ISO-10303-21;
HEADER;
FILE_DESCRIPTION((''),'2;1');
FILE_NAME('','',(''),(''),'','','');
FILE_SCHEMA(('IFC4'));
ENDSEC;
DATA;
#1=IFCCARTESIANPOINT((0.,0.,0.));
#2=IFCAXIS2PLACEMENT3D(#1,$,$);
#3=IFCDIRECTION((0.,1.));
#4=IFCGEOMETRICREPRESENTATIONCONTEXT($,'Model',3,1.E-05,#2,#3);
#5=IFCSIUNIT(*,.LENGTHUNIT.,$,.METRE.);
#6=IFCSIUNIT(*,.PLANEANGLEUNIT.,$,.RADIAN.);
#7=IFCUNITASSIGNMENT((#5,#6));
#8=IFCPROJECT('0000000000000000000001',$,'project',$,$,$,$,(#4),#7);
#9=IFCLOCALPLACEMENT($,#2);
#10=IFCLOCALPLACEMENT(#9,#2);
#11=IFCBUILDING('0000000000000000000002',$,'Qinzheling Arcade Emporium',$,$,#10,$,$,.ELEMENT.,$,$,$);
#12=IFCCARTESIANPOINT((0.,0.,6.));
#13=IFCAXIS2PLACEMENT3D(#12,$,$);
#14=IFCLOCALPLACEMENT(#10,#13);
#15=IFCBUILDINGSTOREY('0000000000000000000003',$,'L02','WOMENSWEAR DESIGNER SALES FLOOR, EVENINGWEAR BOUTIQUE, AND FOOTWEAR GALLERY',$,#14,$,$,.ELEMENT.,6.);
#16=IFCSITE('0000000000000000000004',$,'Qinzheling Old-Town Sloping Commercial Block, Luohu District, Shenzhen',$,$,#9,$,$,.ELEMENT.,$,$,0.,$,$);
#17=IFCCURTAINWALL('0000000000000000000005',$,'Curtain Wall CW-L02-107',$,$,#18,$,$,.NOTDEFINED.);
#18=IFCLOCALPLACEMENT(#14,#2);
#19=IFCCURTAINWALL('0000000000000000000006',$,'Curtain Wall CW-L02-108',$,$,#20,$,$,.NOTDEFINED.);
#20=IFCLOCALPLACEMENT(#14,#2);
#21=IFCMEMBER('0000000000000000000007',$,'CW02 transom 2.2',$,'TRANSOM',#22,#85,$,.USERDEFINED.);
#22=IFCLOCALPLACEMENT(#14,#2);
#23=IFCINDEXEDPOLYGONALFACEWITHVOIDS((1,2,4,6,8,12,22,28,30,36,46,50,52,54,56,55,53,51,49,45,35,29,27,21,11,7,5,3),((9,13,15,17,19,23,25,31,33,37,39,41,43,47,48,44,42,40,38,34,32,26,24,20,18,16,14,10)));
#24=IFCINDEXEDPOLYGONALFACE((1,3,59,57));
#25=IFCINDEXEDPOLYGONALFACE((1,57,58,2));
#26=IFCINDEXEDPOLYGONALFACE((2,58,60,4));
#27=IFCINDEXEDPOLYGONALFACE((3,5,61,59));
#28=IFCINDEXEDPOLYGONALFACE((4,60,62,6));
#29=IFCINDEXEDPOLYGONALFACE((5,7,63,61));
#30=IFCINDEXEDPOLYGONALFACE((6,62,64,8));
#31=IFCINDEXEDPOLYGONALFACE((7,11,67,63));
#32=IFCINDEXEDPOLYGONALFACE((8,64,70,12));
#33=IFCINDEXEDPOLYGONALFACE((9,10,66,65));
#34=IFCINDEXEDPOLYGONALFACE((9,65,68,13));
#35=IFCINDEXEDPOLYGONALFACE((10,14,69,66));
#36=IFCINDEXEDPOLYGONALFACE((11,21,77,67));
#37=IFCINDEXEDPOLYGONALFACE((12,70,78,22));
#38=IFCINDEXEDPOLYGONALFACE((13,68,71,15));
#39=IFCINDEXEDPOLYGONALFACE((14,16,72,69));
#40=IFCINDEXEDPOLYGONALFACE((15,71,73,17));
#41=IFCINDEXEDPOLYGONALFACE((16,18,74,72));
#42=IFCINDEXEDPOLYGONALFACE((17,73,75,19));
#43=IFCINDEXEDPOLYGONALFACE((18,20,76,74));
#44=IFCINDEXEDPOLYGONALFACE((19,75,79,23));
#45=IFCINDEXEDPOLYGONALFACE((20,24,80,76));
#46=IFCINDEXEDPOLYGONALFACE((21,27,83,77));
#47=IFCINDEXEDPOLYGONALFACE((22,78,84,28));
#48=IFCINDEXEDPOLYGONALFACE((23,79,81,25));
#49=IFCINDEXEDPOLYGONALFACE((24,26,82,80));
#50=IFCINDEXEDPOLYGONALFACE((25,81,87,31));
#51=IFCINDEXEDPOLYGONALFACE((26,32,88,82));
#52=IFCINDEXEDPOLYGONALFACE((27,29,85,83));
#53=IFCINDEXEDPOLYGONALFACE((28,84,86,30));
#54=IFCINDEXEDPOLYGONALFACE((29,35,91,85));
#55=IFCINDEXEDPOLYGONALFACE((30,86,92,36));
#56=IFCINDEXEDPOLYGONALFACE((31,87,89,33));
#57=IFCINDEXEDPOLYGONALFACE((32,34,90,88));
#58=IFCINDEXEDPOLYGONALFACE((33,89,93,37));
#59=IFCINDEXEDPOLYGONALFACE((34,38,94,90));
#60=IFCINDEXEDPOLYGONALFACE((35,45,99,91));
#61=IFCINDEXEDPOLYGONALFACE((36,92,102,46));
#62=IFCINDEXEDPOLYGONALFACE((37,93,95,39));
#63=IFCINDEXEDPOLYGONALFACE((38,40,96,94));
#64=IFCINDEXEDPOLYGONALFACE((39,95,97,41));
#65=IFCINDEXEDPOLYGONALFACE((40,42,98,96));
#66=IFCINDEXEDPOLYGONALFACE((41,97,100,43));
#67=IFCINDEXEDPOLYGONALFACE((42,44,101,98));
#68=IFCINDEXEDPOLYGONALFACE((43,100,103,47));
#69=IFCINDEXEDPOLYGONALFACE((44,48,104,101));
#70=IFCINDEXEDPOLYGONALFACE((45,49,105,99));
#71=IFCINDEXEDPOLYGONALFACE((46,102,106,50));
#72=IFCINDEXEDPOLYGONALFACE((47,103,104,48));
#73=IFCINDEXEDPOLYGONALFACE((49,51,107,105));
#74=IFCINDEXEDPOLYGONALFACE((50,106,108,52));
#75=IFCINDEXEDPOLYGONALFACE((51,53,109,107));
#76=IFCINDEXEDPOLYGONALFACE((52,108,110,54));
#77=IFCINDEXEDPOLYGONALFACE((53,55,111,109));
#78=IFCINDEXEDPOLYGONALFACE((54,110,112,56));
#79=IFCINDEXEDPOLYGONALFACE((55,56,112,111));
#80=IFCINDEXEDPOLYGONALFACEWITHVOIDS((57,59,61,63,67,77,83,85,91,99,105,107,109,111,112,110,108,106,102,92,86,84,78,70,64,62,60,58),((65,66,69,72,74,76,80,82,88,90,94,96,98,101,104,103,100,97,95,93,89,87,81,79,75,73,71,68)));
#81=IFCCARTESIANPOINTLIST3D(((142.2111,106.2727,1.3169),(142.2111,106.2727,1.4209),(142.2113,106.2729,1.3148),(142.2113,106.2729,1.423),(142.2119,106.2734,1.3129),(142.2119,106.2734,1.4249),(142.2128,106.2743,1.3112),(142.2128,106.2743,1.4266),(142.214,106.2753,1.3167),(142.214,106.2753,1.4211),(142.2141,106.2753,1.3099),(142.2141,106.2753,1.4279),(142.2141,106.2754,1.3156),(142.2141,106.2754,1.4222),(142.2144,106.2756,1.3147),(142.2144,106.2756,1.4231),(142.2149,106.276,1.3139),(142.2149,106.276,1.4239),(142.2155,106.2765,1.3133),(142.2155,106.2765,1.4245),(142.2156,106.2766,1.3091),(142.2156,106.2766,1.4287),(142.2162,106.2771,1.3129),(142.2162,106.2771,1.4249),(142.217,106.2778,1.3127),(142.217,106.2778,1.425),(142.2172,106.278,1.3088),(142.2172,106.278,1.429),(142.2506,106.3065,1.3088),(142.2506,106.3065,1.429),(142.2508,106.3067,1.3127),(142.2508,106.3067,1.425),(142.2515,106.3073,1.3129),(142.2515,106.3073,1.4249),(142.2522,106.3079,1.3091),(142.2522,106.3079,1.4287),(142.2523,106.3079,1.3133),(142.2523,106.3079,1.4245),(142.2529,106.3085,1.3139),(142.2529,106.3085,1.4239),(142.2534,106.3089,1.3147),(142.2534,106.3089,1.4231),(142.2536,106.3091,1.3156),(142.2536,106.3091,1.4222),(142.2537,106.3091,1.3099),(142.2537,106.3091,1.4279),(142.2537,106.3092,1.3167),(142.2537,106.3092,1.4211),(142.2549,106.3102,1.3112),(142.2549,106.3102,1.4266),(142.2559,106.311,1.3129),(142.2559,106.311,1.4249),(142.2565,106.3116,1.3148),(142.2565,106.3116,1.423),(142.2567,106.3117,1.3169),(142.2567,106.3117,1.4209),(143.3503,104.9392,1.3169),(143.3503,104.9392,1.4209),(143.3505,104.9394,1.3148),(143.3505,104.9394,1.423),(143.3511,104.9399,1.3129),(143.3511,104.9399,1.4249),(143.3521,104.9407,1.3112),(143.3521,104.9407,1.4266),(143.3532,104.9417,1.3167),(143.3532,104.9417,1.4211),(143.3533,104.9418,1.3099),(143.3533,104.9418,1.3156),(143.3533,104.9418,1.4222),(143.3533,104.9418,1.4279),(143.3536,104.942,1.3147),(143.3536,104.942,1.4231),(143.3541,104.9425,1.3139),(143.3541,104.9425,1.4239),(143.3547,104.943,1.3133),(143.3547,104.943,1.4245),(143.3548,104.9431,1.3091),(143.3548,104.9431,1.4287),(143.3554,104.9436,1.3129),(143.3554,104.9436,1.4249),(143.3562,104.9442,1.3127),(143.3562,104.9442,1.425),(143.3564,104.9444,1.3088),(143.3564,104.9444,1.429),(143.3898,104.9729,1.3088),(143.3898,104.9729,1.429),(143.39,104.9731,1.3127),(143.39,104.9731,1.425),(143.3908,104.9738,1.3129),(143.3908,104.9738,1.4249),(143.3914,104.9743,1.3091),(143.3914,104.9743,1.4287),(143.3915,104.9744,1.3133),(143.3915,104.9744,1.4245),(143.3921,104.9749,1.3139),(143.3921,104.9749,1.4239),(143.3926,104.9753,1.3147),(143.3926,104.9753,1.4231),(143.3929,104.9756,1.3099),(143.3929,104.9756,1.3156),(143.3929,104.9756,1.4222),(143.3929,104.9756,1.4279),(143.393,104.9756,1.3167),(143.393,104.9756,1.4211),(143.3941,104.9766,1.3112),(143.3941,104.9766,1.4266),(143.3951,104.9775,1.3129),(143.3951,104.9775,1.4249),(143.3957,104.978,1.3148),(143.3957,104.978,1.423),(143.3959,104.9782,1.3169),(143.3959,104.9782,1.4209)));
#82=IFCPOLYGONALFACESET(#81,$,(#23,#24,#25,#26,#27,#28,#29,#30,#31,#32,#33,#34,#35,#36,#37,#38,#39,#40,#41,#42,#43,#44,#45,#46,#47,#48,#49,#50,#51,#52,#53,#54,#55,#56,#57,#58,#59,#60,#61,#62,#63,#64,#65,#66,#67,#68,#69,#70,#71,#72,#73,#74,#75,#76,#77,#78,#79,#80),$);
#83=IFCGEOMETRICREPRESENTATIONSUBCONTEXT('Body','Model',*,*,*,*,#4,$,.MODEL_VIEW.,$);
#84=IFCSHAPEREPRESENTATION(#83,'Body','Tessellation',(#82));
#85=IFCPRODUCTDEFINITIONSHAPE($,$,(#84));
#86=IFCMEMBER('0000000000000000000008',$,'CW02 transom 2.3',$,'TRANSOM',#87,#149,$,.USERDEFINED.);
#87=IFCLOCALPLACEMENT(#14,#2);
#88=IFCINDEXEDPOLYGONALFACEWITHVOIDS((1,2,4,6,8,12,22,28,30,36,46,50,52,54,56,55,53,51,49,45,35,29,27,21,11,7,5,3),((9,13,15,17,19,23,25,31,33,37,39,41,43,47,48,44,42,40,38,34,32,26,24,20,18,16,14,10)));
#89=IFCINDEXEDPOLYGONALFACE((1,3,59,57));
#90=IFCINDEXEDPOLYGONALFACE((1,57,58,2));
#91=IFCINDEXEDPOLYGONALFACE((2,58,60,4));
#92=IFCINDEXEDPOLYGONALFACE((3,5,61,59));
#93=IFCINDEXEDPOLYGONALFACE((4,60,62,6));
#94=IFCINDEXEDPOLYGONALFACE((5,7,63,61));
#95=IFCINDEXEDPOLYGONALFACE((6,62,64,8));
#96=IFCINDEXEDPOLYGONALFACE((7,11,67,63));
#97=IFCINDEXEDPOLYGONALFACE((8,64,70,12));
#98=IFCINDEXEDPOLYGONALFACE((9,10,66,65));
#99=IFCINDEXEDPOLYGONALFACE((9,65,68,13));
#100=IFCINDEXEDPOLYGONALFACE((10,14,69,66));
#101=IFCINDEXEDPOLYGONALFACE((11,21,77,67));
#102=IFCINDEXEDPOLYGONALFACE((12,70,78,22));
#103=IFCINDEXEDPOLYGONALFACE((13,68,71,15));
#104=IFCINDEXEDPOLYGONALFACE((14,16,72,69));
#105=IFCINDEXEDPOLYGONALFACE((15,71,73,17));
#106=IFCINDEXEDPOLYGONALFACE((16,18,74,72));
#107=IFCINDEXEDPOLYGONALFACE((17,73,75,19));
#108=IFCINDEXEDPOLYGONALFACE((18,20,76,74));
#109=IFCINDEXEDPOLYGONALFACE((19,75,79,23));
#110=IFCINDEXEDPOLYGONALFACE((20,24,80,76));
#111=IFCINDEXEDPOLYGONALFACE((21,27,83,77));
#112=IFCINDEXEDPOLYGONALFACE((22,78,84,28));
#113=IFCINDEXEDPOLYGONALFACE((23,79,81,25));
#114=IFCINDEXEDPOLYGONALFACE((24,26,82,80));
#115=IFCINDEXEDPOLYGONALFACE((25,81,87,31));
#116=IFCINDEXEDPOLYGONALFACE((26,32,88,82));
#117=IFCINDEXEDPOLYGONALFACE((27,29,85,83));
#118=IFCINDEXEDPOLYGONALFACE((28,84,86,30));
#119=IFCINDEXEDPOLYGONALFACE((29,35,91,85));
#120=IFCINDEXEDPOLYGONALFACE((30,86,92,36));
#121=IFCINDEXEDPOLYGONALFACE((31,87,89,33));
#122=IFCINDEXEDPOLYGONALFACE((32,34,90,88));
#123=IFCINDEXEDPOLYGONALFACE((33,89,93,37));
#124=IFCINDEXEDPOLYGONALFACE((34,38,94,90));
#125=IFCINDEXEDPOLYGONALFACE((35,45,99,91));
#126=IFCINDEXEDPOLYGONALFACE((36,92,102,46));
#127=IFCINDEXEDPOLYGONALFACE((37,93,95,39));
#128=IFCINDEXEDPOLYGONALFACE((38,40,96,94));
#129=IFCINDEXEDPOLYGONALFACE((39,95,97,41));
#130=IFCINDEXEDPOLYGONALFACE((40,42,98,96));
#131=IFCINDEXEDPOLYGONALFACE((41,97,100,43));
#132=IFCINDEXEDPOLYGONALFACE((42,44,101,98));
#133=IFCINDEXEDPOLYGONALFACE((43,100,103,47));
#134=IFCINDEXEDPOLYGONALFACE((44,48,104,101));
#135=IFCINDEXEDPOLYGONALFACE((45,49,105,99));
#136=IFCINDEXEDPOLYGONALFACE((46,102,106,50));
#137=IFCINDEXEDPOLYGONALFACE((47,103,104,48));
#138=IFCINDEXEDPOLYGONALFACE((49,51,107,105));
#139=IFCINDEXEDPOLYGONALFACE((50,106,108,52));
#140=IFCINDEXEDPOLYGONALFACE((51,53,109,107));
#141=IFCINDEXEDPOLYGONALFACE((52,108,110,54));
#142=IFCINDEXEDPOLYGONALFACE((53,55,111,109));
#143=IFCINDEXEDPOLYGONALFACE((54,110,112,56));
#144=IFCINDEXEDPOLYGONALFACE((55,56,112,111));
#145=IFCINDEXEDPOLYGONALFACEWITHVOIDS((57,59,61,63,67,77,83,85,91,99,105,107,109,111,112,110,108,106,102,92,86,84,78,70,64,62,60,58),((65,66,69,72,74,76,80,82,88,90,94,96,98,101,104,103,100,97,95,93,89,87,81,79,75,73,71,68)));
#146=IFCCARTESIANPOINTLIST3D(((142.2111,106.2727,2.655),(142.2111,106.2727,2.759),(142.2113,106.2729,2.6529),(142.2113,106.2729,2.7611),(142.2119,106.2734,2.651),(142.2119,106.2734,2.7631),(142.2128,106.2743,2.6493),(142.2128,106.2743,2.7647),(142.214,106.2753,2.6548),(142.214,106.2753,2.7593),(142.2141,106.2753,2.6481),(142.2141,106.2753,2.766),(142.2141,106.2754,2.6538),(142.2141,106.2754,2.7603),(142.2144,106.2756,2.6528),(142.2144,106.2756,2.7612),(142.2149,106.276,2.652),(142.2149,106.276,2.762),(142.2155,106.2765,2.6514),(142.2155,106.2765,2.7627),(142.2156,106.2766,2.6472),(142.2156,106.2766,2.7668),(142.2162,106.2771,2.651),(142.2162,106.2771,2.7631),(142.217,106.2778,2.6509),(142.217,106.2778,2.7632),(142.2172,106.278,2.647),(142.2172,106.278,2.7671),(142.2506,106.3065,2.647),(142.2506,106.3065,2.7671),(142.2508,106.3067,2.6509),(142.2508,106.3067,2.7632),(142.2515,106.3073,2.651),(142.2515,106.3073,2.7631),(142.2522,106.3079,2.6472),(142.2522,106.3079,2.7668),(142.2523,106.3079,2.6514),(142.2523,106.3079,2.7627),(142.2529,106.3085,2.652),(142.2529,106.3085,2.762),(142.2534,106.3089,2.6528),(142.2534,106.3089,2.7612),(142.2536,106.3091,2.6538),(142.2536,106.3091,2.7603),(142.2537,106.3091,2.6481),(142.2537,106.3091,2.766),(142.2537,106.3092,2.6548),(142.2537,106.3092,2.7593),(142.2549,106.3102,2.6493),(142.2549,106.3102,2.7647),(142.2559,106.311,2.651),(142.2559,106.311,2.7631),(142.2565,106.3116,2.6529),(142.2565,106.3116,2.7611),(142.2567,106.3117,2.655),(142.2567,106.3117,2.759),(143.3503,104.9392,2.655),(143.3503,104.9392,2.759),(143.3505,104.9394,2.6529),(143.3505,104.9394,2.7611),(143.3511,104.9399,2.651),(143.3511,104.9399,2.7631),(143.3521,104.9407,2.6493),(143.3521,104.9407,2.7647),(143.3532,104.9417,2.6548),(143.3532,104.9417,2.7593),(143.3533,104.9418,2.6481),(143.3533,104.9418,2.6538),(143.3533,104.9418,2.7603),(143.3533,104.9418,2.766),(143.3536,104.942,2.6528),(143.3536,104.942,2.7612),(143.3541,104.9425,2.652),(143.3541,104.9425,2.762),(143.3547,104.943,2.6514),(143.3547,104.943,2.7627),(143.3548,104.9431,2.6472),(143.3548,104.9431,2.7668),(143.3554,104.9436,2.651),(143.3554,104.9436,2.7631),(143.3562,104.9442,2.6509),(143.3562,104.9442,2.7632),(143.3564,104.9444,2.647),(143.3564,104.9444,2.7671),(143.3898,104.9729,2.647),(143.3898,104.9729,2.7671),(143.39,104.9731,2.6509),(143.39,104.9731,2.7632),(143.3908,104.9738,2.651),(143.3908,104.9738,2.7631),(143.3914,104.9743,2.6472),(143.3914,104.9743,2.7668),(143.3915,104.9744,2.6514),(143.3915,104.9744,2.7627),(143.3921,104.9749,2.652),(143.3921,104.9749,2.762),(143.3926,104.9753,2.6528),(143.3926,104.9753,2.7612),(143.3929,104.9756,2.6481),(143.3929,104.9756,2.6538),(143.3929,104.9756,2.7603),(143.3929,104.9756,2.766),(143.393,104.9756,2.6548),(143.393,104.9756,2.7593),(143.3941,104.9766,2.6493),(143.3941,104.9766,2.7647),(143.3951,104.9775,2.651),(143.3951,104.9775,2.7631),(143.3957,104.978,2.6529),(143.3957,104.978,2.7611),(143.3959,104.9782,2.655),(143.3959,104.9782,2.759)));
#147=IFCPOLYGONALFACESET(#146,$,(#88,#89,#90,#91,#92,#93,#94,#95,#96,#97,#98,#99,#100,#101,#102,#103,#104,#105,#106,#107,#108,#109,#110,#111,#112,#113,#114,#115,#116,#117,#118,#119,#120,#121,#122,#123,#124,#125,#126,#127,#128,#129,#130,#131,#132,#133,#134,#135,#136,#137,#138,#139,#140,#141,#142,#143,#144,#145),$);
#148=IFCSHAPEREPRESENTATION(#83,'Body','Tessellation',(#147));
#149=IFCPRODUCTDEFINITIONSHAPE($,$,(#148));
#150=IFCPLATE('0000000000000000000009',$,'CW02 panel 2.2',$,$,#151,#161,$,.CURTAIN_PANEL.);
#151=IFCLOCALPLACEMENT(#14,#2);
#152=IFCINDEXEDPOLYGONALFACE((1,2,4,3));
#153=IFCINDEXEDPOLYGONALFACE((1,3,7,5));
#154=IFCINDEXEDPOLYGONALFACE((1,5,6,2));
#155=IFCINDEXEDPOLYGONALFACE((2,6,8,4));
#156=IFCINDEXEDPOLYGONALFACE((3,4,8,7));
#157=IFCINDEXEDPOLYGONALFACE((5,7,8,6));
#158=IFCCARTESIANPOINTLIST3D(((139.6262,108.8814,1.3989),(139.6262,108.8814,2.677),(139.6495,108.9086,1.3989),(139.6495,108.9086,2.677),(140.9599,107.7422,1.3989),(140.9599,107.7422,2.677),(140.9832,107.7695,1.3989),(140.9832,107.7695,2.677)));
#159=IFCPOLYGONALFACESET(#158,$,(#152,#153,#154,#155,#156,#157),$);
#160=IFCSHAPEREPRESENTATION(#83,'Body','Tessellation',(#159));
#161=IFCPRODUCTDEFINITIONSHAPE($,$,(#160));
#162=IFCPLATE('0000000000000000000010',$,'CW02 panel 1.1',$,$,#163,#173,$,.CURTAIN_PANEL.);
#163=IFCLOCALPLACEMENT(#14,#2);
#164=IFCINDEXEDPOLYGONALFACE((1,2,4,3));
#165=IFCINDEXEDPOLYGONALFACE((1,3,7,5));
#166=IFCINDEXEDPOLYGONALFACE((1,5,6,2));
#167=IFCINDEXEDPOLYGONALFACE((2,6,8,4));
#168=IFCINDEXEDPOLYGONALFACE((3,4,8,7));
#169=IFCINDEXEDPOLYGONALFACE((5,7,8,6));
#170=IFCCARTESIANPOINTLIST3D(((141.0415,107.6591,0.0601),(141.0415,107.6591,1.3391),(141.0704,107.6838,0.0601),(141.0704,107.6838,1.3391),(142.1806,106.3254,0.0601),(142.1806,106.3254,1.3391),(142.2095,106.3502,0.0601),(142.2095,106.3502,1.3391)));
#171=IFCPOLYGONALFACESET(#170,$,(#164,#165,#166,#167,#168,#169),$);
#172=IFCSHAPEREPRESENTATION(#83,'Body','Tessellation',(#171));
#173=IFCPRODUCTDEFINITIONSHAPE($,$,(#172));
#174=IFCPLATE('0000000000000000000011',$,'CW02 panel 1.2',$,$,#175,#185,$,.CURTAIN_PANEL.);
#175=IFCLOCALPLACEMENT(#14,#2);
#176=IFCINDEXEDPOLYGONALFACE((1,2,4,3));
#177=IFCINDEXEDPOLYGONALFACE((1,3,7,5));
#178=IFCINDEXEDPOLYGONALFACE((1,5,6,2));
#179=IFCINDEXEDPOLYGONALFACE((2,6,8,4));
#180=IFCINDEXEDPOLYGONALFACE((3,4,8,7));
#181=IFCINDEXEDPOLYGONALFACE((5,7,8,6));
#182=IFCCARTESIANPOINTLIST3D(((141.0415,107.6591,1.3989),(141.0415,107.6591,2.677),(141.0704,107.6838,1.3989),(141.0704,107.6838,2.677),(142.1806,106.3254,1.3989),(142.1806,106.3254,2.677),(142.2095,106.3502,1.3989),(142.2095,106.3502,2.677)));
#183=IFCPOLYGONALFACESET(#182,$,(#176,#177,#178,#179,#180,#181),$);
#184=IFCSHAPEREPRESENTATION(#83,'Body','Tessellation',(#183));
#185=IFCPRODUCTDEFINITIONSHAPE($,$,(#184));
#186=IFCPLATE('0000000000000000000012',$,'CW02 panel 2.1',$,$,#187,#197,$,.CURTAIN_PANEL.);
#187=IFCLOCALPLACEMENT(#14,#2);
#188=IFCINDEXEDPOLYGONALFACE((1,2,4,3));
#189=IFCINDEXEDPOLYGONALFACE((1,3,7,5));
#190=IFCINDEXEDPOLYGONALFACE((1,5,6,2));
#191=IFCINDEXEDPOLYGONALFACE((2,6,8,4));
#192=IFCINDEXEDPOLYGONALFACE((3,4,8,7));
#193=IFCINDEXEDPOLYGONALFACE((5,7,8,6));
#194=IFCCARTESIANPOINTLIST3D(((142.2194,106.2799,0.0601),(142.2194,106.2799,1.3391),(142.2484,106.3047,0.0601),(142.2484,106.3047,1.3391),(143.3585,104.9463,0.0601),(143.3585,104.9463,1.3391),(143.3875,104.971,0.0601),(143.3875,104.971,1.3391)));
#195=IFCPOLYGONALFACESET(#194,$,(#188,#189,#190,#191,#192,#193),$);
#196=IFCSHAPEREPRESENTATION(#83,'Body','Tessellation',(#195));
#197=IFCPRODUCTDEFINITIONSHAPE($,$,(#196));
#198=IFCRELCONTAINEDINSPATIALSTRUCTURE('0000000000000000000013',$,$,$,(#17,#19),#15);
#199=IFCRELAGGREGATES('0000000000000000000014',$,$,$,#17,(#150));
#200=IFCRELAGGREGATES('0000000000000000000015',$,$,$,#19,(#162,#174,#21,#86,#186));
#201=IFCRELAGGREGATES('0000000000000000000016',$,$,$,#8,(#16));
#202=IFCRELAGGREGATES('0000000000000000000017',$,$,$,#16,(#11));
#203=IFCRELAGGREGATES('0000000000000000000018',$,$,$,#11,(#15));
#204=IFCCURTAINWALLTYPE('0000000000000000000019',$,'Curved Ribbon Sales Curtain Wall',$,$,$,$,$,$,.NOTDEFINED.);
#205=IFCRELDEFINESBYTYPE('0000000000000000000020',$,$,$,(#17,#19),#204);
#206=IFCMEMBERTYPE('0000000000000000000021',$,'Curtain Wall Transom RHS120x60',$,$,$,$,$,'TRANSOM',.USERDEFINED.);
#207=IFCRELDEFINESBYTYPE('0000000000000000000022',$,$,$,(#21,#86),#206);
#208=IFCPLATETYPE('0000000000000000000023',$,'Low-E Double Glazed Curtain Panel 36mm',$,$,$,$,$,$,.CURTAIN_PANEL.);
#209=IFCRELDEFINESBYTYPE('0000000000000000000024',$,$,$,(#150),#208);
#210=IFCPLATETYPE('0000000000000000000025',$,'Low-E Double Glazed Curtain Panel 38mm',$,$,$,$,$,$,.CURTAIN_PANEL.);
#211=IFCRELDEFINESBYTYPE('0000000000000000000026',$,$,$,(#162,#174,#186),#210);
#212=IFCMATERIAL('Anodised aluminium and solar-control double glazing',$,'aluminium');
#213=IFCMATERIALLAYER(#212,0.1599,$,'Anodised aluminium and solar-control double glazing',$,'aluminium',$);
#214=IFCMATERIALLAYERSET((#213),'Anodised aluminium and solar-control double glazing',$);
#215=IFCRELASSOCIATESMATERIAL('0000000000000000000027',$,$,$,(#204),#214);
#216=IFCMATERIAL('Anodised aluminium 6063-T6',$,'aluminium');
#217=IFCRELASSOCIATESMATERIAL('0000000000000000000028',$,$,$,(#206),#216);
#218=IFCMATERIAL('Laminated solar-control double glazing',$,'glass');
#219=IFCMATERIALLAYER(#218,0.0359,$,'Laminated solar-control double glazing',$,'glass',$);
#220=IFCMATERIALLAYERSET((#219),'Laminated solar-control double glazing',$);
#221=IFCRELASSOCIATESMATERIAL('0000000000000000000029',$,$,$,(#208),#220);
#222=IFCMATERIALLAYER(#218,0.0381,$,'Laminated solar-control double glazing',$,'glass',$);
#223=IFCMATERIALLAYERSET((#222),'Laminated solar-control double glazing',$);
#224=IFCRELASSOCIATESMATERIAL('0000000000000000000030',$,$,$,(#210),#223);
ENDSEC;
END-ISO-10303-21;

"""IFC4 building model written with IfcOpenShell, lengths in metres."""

from ifc_helpers import new_model, si_unit, direction, frame, origin, origin_2d, place, context, subcontext, project, spatial, rectangle, hollow_rectangle, extrude, material, layer, layer_set, material_profile, profile_set, type_object, element, aggregate, save


model = new_model("IFC4")

# Units and contexts
model_context = context("Model", 3, precision=1e-05, world=origin(), true_north=direction((0.0, 1.0)))
body_context = subcontext(model_context, "Body", "Model", "MODEL_VIEW")
ifc_project = project(units=[si_unit("LENGTHUNIT", "METRE"), si_unit("PLANEANGLEUNIT", "RADIAN")], contexts=[model_context])

# Site, building, storey
site_placement = place(None, origin())
site = spatial("IfcSite", under=ifc_project, at=site_placement, Name="Qinzheling Old-Town Sloping Commercial Block, Luohu District, Shenzhen", CompositionType="ELEMENT", RefElevation=0.0)
building_placement = place(site_placement, origin())
building = spatial("IfcBuilding", under=site, at=building_placement, Name="Qinzheling Arcade Emporium", CompositionType="ELEMENT")
storey_placement = place(building_placement, frame((0.0, 0.0, 6.0)))
storey = spatial("IfcBuildingStorey", under=building, at=storey_placement, Name="L02", Description="WOMENSWEAR DESIGNER SALES FLOOR, EVENINGWEAR BOUTIQUE, AND FOOTWEAR GALLERY", CompositionType="ELEMENT", Elevation=6.0)

# Curtain wall
ifc_material_1 = material(Name="Anodised aluminium and solar-control double glazing", Category="aluminium")
ifc_layer_1 = layer(ifc_material_1, 0.1599, Name="Anodised aluminium and solar-control double glazing", Category="aluminium")
ifc_layer_set_1 = layer_set([ifc_layer_1], Name="Anodised aluminium and solar-control double glazing")
curtain_wall_type = type_object("IfcCurtainWallType", Name="Curved Ribbon Sales Curtain Wall", PredefinedType="NOTDEFINED", material=ifc_layer_set_1)
curtain_wall_1_placement = place(storey_placement, origin())
curtain_wall_1 = element("IfcCurtainWall", 1, at=curtain_wall_1_placement, inside=storey, type_object=curtain_wall_type, Name="Curtain Wall CW-L02-107", PredefinedType="NOTDEFINED")
ifc_material_2 = material(Name="Anodised aluminium 6063-T6", Category="aluminium")

# Curtain wall, members
curtain_wall_2_placement = place(storey_placement, origin())
curtain_wall_2 = element("IfcCurtainWall", 2, at=curtain_wall_2_placement, inside=storey, type_object=curtain_wall_type, Name="Curtain Wall CW-L02-108", PredefinedType="NOTDEFINED")
ifc_material_profile_1 = material_profile(ifc_material_2, hollow_rectangle(XDim=0.0601, YDim=0.1201, WallThickness=0.0039, InnerFilletRadius=0.0039, OuterFilletRadius=0.0081, at=origin_2d()), Name="RHS 120x60x4", Category="aluminium")
ifc_profile_set_1 = profile_set([ifc_material_profile_1], Name="Anodised aluminium 6063-T6")
member_type_1 = type_object("IfcMemberType", Name="Curtain Wall Transom RHS120x60", ElementType="TRANSOM", PredefinedType="USERDEFINED", material=ifc_profile_set_1)
member_1_placement = place(storey_placement, frame((142.2339, 106.2922, 1.3689), z_axis=(0.649529, -0.760336, 0.0), x_axis=(0.760336, 0.649529, 0.0)))
member_1 = element("IfcMember", 3, at=member_1_placement, type_object=member_type_1, Name="CW02 transom 2.2", ObjectType="TRANSOM", PredefinedType="USERDEFINED", context=body_context, shape_type="SweptSolid", body=[
    extrude(hollow_rectangle(XDim=0.0601, YDim=0.1201, WallThickness=0.0039, InnerFilletRadius=0.0039, OuterFilletRadius=0.0081, at=origin_2d()), origin(), (0.0, 0.0, 1.0), 1.7539),
])
member_2_placement = place(storey_placement, frame((142.2339, 106.2922, 2.707), z_axis=(0.649529, -0.760336, 0.0), x_axis=(0.760336, 0.649529, 0.0)))
member_2 = element("IfcMember", 4, at=member_2_placement, type_object=member_type_1, Name="CW02 transom 2.3", ObjectType="TRANSOM", PredefinedType="USERDEFINED", context=body_context, shape_type="SweptSolid", body=[
    extrude(hollow_rectangle(XDim=0.0601, YDim=0.1201, WallThickness=0.0039, InnerFilletRadius=0.0039, OuterFilletRadius=0.0081, at=origin_2d()), origin(), (0.0, 0.0, 1.0), 1.7539),
])

# Plates
ifc_material_3 = material(Name="Laminated solar-control double glazing", Category="glass")
ifc_layer_2 = layer(ifc_material_3, 0.0359, Name="Laminated solar-control double glazing", Category="glass")
ifc_layer_set_2 = layer_set([ifc_layer_2], Name="Laminated solar-control double glazing")
plate_type_1 = type_object("IfcPlateType", Name="Low-E Double Glazed Curtain Panel 36mm", PredefinedType="CURTAIN_PANEL", material=ifc_layer_set_2)
plate_1_placement = place(storey_placement, frame((140.3047, 108.3254, 1.3989), z_axis=(0.0, 0.0, 1.0), x_axis=(0.760385, -0.649473, 0.0)))
plate_1 = element("IfcPlate", 5, at=plate_1_placement, type_object=plate_type_1, Name="CW02 panel 2.2", PredefinedType="CURTAIN_PANEL", context=body_context, shape_type="SweptSolid", body=[
    extrude(rectangle(XDim=1.7539, YDim=0.0359, at=origin_2d()), origin(), (0.0, 0.0, 1.0), 1.2781),
])
aggregate(curtain_wall_1, [plate_1])
ifc_layer_3 = layer(ifc_material_3, 0.0381, Name="Laminated solar-control double glazing", Category="glass")
ifc_layer_set_3 = layer_set([ifc_layer_3], Name="Laminated solar-control double glazing")
plate_type_2 = type_object("IfcPlateType", Name="Low-E Double Glazed Curtain Panel 38mm", PredefinedType="CURTAIN_PANEL", material=ifc_layer_set_3)
plate_2_placement = place(storey_placement, frame((141.6255, 107.0046, 0.0601), z_axis=(0.0, 0.0, 1.0), x_axis=(0.649473, -0.760385, 0.0)))
plate_2 = element("IfcPlate", 6, at=plate_2_placement, type_object=plate_type_2, Name="CW02 panel 1.1", PredefinedType="CURTAIN_PANEL", context=body_context, shape_type="SweptSolid", body=[
    extrude(rectangle(XDim=1.7539, YDim=0.0381, at=origin_2d()), origin(), (0.0, 0.0, 1.0), 1.2791),
])
plate_3_placement = place(storey_placement, frame((141.6255, 107.0046, 1.3989), z_axis=(0.0, 0.0, 1.0), x_axis=(0.649473, -0.760385, 0.0)))
plate_3 = element("IfcPlate", 7, at=plate_3_placement, type_object=plate_type_2, Name="CW02 panel 1.2", PredefinedType="CURTAIN_PANEL", context=body_context, shape_type="SweptSolid", body=[
    extrude(rectangle(XDim=1.7539, YDim=0.0381, at=origin_2d()), origin(), (0.0, 0.0, 1.0), 1.2781),
])
plate_4_placement = place(storey_placement, frame((142.8035, 105.6255, 0.0601), z_axis=(0.0, 0.0, 1.0), x_axis=(0.649473, -0.760385, 0.0)))
plate_4 = element("IfcPlate", 8, at=plate_4_placement, type_object=plate_type_2, Name="CW02 panel 2.1", PredefinedType="CURTAIN_PANEL", context=body_context, shape_type="SweptSolid", body=[
    extrude(rectangle(XDim=1.7539, YDim=0.0381, at=origin_2d()), origin(), (0.0, 0.0, 1.0), 1.2791),
])
aggregate(curtain_wall_2, [plate_2, plate_3, member_1, member_2, plate_4])

save(model, "model.ifc")
